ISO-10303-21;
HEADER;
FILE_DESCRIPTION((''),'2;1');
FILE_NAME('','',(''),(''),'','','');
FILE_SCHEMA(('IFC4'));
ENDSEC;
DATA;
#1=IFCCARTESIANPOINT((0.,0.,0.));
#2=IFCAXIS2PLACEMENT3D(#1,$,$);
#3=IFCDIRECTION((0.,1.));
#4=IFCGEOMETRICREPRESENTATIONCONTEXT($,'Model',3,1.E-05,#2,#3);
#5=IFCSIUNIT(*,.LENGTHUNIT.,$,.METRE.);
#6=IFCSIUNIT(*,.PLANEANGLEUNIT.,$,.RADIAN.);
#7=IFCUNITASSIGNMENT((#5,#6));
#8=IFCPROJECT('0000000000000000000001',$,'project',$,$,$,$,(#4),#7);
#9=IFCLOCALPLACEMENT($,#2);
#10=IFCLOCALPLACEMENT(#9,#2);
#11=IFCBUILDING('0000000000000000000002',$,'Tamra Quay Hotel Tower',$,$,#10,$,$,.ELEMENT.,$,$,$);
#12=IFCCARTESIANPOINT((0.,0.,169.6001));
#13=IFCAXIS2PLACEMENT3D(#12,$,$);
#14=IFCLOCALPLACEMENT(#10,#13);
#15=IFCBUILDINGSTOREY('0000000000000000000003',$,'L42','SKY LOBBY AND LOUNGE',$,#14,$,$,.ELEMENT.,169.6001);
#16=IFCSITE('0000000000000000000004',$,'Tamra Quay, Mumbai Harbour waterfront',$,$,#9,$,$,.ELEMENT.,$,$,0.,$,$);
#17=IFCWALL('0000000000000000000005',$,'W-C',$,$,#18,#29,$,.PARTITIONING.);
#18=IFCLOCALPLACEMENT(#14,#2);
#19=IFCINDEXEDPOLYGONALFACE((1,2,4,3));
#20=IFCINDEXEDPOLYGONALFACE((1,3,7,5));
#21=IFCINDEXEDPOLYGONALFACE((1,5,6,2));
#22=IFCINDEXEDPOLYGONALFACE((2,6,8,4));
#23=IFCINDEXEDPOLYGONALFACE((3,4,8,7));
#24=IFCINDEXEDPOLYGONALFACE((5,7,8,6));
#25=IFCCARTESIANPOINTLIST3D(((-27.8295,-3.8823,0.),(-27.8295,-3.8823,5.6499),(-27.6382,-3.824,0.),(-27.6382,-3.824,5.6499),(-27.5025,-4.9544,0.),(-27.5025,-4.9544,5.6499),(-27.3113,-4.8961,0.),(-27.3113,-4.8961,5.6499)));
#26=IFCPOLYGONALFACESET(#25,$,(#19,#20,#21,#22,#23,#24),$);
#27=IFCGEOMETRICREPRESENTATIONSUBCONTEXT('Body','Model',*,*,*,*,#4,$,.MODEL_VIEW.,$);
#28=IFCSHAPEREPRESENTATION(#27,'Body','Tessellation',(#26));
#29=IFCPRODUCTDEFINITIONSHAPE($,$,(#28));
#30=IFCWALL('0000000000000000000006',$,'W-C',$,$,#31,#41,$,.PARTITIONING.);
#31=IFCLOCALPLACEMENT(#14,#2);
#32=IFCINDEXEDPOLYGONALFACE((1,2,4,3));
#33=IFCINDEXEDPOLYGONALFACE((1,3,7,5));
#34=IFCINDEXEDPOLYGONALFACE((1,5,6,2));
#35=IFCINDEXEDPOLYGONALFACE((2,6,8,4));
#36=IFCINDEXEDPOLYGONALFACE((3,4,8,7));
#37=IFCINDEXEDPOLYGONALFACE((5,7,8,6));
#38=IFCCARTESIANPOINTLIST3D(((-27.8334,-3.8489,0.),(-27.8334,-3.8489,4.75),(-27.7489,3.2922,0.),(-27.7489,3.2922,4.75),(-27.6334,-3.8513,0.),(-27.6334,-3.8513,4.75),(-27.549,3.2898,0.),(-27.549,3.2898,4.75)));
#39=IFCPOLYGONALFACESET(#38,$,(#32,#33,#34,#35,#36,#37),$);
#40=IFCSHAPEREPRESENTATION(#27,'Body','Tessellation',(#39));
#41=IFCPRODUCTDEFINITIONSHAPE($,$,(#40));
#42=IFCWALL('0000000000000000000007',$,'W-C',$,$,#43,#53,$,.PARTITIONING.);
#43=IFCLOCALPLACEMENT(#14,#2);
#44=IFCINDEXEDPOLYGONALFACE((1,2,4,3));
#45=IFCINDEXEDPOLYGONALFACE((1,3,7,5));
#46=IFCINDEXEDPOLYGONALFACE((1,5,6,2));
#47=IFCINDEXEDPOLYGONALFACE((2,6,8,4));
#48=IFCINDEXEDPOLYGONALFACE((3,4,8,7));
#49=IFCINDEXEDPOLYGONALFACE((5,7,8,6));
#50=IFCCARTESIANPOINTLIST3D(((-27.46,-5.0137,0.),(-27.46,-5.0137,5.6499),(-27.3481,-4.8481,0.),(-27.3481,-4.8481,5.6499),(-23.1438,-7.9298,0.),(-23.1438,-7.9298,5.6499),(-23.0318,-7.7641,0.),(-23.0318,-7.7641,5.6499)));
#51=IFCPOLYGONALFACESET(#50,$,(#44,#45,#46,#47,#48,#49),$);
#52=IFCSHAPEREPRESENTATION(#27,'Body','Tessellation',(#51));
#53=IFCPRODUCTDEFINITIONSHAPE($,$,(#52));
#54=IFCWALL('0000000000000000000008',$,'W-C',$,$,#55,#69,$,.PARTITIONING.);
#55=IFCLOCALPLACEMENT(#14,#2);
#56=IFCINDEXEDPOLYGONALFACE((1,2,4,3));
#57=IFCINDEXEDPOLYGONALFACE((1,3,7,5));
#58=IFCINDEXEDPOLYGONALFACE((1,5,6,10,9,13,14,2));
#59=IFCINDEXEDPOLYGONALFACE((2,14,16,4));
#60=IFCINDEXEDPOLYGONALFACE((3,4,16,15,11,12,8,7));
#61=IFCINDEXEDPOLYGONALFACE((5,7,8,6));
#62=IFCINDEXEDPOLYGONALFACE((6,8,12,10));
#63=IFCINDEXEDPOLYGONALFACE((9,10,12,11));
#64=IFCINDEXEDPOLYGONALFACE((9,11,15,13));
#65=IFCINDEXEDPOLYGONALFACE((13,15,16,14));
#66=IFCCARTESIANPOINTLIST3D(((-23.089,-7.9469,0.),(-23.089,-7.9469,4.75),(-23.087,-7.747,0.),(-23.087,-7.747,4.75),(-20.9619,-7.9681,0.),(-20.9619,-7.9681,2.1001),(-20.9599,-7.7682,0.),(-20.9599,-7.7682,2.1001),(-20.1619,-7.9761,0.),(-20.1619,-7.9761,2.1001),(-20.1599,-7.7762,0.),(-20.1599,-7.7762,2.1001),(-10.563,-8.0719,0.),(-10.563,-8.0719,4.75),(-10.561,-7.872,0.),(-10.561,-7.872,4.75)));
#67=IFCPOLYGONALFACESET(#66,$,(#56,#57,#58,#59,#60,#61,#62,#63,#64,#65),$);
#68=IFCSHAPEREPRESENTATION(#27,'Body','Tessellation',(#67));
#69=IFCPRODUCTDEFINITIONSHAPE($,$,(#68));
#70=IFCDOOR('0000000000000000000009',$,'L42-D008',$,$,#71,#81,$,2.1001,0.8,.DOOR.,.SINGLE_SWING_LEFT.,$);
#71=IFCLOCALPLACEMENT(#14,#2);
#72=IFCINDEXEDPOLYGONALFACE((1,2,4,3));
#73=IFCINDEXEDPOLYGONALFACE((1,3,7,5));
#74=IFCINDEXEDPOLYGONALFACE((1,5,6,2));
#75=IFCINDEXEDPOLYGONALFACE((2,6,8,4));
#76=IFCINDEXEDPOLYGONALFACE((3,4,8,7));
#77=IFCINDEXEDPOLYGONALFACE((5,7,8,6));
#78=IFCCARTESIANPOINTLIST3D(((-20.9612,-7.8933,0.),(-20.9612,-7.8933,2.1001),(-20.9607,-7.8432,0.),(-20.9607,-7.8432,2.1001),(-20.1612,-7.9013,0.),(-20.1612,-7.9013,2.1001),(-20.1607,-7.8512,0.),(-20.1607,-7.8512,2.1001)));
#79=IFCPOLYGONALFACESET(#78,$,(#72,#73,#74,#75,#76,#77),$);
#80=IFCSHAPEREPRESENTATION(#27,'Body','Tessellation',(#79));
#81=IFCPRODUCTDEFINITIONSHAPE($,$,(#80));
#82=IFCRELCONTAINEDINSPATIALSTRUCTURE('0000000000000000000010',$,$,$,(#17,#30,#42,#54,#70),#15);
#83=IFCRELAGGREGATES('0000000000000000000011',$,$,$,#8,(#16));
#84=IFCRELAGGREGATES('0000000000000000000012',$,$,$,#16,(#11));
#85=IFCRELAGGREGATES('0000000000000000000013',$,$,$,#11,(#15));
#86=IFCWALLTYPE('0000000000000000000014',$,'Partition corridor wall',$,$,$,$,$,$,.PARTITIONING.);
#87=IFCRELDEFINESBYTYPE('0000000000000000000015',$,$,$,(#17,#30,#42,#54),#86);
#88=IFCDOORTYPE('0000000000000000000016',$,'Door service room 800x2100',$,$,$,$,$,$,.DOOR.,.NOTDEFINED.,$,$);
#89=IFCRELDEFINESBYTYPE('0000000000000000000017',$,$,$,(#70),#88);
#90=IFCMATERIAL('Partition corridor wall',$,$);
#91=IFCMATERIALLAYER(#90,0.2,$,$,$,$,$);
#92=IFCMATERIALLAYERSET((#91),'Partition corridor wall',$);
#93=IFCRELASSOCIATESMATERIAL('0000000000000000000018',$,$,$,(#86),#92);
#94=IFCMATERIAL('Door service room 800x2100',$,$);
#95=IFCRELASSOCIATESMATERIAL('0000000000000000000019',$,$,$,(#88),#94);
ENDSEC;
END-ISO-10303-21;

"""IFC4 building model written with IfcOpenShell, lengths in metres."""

from ifc_helpers import new_model, si_unit, direction, frame, frame_2d, origin, place, context, subcontext, project, spatial, rectangle, extrude, material, layer, layer_set, type_object, element, fill, save


model = new_model("IFC4")

# Units and contexts
model_context = context("Model", 3, precision=1e-05, world=origin(), true_north=direction((0.0, 1.0)))
body_context = subcontext(model_context, "Body", "Model", "MODEL_VIEW")
ifc_project = project(units=[si_unit("LENGTHUNIT", "METRE"), si_unit("PLANEANGLEUNIT", "RADIAN")], contexts=[model_context])

# Site, building, storey
site_placement = place(None, origin())
site = spatial("IfcSite", under=ifc_project, at=site_placement, Name="Tamra Quay, Mumbai Harbour waterfront", CompositionType="ELEMENT", RefElevation=0.0)
building_placement = place(site_placement, origin())
building = spatial("IfcBuilding", under=site, at=building_placement, Name="Tamra Quay Hotel Tower", CompositionType="ELEMENT")
storey_placement = place(building_placement, frame((0.0, 0.0, 169.6001)))
storey = spatial("IfcBuildingStorey", under=building, at=storey_placement, Name="L42", Description="SKY LOBBY AND LOUNGE", CompositionType="ELEMENT", Elevation=169.6001)

# Walls
ifc_material_1 = material(Name="Partition corridor wall")
ifc_layer_1 = layer(ifc_material_1, 0.2)
ifc_layer_set_1 = layer_set([ifc_layer_1], Name="Partition corridor wall")
wall_type_1 = type_object("IfcWallType", Name="Partition corridor wall", PredefinedType="PARTITIONING", material=ifc_layer_set_1)
wall_1_placement = place(storey_placement, frame((-27.7339, -3.853, 0.0), z_axis=(0.0, 0.0, 1.0), x_axis=(0.291682, -0.956515, 0.0)))
element("IfcWall", 1, at=wall_1_placement, inside=storey, type_object=wall_type_1, Name="W-C", PredefinedType="PARTITIONING", context=body_context, shape_type="SweptSolid", body=[
    extrude(rectangle(XDim=1.1208, YDim=0.2, at=frame_2d((0.5605, 0.0))), origin(), (0.0, 0.0, 1.0), 5.6499),
])
wall_2_placement = place(storey_placement, frame((-27.7334, -3.8501, 0.0), z_axis=(0.0, 0.0, 1.0), x_axis=(0.011828, 0.99993, 0.0)))
element("IfcWall", 2, at=wall_2_placement, inside=storey, type_object=wall_type_1, Name="W-C", PredefinedType="PARTITIONING", context=body_context, shape_type="SweptSolid", body=[
    extrude(rectangle(XDim=7.1416, YDim=0.2, at=frame_2d((3.5708, 0.0))), origin(), (0.0, 0.0, 1.0), 4.75),
])
wall_3_placement = place(storey_placement, frame((-27.4041, -4.9309, 0.0), z_axis=(0.0, 0.0, 1.0), x_axis=(0.828617, -0.559817, 0.0)))
element("IfcWall", 3, at=wall_3_placement, inside=storey, type_object=wall_type_1, Name="W-C", PredefinedType="PARTITIONING", context=body_context, shape_type="SweptSolid", body=[
    extrude(rectangle(XDim=5.209, YDim=0.2, at=frame_2d((2.6045, 0.0))), origin(), (0.0, 0.0, 1.0), 5.6499),
])

# Wall, opening, door
wall_4_placement = place(storey_placement, frame((-23.0879, -7.8469, 0.0), z_axis=(0.0, 0.0, 1.0), x_axis=(0.99995, -0.009979, 0.0)))
wall_4 = element("IfcWall", 4, at=wall_4_placement, inside=storey, type_object=wall_type_1, Name="W-C", PredefinedType="PARTITIONING", context=body_context, shape_type="SweptSolid", body=[
    extrude(rectangle(XDim=12.5266, YDim=0.2, at=frame_2d((6.2632, 0.0))), origin(), (0.0, 0.0, 1.0), 4.75),
])
opening_placement = place(wall_4_placement, frame((2.1272, 0.0, 0.0)))
opening = element("IfcOpeningElement", 5, at=opening_placement, cuts=wall_4, PredefinedType="OPENING", context=body_context, shape_type="SweptSolid", body=[
    extrude(rectangle(XDim=0.8, YDim=2.1001, at=frame_2d((0.3999, 1.05))), frame((0.0, 0.1099, 0.0), z_axis=(0.0, -1.0, 0.0), x_axis=(1.0, 0.0, 0.0)), (0.0, 0.0, 1.0), 0.22),
])
ifc_material_2 = material(Name="Door service room 800x2100")
door_type = type_object("IfcDoorType", Name="Door service room 800x2100", OperationType="NOTDEFINED", PredefinedType="DOOR", material=ifc_material_2)
door_placement = place(opening_placement, origin())
door = element("IfcDoor", 6, at=door_placement, inside=storey, type_object=door_type, Name="L42-D008", OperationType="SINGLE_SWING_LEFT", OverallHeight=2.1001, OverallWidth=0.8, PredefinedType="DOOR", context=body_context, shape_type="SweptSolid", body=[
    extrude(rectangle(XDim=0.8, YDim=2.1001, at=frame_2d((0.3999, 1.05))), frame((0.0, 0.0249, 0.0), z_axis=(0.0, -1.0, 0.0), x_axis=(1.0, 0.0, 0.0)), (0.0, 0.0, 1.0), 0.05),
])
fill(opening, door)

save(model, "model.ifc")
